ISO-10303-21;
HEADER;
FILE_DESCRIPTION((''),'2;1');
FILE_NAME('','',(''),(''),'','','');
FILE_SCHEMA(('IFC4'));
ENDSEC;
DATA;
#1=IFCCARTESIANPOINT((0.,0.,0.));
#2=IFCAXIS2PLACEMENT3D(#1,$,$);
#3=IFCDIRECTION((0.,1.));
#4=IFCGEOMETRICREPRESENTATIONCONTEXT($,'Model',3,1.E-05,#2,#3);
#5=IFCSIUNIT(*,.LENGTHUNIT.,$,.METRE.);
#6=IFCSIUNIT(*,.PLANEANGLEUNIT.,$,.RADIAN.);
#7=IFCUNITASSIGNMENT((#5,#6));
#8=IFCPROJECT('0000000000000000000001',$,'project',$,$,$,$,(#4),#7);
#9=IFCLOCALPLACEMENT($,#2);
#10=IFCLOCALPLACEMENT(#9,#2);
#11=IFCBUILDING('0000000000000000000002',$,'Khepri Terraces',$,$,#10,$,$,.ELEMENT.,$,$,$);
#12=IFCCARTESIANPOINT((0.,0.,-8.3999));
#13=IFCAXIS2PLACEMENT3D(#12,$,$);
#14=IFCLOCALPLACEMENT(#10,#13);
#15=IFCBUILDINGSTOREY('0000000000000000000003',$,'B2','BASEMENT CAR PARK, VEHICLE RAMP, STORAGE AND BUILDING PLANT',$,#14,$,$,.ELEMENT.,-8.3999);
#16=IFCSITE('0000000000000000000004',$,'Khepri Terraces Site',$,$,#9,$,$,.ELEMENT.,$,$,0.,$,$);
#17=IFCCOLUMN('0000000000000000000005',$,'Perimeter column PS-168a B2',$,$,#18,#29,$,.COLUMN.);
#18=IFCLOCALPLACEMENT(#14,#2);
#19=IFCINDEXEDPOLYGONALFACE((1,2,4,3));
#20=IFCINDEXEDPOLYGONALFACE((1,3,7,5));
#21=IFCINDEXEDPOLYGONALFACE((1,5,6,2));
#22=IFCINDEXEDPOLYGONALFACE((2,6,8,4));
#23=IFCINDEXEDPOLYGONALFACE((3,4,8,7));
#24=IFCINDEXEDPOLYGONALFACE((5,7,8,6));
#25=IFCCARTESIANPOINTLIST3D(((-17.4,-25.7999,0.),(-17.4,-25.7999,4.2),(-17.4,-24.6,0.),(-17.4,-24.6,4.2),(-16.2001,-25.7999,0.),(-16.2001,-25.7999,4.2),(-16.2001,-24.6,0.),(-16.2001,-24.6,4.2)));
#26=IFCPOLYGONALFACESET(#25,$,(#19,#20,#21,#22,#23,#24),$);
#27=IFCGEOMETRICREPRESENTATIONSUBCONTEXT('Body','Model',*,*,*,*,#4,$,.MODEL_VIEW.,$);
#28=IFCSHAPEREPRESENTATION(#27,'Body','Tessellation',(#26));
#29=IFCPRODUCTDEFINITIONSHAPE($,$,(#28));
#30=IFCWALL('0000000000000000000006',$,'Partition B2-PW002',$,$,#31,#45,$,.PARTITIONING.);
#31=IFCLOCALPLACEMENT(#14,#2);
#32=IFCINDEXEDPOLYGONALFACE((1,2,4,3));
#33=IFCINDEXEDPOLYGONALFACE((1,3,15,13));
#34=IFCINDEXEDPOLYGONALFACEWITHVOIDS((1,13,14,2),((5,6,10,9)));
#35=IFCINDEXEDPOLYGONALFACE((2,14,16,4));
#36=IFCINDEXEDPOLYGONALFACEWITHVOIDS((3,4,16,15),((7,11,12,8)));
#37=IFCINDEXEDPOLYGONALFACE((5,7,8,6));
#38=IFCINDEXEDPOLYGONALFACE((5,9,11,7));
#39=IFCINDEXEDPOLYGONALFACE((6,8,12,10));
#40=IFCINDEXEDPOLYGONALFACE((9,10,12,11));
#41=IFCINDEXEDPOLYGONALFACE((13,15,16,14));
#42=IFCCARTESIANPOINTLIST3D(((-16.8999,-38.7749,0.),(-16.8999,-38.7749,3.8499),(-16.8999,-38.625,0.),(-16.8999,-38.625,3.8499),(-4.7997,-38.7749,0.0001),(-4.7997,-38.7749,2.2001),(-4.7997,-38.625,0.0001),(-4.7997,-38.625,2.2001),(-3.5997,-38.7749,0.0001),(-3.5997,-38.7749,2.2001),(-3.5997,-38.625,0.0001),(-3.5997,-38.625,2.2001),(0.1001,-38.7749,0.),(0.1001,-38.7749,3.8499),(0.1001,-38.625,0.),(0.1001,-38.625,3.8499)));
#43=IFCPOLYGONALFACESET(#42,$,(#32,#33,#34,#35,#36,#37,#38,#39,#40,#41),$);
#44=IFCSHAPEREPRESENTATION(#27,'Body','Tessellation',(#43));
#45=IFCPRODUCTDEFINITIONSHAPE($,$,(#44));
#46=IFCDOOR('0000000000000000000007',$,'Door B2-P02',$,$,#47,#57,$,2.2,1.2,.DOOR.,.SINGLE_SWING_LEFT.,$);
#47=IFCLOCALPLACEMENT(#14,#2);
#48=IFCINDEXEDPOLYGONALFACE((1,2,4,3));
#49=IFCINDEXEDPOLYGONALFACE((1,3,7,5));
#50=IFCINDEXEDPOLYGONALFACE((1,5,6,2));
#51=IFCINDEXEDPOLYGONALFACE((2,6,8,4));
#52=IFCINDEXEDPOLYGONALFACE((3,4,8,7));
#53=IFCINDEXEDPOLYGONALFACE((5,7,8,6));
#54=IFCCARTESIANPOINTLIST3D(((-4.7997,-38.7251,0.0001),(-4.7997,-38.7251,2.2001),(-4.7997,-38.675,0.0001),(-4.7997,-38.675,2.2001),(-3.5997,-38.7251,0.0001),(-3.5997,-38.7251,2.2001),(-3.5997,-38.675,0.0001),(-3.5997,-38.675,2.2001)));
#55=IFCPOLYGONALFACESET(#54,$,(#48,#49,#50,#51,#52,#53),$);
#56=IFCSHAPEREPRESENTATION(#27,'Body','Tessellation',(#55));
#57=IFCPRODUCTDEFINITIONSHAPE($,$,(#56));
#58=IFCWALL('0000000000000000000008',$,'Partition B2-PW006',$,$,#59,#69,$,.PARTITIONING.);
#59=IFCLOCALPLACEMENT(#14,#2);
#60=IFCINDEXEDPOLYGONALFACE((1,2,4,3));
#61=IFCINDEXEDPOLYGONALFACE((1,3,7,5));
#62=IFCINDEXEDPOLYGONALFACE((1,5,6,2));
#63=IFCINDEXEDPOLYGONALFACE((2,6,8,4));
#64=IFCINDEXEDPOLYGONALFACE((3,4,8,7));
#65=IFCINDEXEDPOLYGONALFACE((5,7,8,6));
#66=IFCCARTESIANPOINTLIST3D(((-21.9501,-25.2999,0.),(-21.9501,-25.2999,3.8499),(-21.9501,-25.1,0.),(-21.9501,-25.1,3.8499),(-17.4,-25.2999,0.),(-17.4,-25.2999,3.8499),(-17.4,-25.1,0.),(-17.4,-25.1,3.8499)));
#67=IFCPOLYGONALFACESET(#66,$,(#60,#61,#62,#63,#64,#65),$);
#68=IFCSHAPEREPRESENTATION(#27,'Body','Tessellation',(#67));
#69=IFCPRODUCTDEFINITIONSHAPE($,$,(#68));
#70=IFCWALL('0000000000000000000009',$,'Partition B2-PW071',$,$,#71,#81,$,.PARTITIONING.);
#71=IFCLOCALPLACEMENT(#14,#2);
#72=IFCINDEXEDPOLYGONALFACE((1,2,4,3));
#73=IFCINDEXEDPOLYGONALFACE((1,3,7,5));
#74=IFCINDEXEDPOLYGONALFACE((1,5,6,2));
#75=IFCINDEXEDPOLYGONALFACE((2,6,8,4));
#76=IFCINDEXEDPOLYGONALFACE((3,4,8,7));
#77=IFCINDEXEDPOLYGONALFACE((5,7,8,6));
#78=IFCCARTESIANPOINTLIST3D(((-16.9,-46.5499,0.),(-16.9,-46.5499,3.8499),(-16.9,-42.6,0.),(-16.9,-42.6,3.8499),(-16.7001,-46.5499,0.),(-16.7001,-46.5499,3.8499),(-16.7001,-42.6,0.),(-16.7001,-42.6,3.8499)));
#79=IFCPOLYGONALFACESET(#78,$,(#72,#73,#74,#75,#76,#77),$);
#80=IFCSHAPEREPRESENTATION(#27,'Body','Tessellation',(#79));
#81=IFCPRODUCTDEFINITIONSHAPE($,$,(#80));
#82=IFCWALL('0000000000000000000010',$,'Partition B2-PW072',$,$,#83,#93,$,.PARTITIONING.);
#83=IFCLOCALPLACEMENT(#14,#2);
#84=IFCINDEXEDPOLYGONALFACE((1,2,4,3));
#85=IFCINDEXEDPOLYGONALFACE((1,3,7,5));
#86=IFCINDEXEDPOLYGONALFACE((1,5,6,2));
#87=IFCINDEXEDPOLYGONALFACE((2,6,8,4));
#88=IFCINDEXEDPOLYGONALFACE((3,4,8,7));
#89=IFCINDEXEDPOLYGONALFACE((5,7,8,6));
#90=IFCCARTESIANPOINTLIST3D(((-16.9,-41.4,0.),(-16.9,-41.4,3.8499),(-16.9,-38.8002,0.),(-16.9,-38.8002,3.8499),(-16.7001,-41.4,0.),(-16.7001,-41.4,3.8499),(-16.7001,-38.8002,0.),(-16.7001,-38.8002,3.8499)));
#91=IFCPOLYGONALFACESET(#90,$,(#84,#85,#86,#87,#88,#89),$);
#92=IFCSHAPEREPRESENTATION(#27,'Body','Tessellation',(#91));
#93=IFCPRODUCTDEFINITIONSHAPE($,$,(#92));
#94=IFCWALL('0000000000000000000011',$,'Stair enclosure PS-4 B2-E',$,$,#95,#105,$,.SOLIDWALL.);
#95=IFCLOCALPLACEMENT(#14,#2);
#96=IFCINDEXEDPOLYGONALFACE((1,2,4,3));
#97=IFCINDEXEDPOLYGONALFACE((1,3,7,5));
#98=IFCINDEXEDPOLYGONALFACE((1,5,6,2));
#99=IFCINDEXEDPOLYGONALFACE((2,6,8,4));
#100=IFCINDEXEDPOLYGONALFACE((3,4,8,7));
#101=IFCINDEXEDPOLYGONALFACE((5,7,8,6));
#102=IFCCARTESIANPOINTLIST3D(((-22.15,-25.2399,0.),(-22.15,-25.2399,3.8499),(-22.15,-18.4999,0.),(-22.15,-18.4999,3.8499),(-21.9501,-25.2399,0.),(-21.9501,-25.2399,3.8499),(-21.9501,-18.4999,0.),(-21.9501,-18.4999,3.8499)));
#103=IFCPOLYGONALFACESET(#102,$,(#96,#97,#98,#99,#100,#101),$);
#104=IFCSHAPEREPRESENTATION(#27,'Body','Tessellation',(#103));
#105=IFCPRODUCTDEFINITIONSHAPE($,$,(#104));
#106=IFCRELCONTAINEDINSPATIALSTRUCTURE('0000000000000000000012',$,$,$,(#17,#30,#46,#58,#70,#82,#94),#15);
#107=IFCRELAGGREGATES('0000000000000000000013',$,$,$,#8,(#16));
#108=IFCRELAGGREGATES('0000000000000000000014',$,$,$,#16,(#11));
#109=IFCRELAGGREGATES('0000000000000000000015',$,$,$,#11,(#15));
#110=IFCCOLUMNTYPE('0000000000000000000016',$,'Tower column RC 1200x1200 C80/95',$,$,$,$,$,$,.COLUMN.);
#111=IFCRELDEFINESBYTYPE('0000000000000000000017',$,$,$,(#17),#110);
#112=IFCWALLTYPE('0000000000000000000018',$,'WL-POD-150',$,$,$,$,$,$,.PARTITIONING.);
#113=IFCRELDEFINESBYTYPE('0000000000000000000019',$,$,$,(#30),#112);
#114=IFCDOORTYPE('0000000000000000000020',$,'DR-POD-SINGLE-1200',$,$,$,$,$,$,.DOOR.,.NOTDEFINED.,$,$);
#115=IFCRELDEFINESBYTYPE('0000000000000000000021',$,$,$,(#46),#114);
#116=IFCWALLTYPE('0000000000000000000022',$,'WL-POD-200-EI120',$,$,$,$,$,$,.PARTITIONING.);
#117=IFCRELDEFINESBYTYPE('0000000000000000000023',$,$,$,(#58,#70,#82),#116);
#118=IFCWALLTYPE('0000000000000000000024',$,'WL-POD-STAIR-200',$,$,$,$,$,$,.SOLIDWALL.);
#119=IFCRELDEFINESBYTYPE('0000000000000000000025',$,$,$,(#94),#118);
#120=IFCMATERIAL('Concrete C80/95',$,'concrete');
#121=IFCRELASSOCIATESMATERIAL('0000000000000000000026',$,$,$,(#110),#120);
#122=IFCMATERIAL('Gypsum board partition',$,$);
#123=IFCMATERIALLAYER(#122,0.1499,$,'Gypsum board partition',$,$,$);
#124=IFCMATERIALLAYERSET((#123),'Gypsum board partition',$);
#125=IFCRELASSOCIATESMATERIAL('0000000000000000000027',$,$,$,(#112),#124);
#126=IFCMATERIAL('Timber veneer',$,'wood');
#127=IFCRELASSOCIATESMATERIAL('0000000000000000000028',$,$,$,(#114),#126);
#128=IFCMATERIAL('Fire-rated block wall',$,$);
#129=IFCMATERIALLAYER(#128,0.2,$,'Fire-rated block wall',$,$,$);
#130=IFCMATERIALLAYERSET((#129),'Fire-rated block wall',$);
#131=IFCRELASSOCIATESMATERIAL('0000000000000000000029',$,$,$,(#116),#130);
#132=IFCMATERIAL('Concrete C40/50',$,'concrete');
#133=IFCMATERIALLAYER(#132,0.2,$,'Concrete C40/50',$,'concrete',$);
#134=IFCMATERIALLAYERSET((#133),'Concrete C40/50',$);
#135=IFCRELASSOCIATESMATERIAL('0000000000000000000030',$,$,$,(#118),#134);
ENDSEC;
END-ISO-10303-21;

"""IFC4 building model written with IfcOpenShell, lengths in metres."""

from ifc_helpers import new_model, si_unit, direction, frame, frame_2d, origin, origin_2d, place, context, subcontext, project, spatial, rectangle, extrude, material, layer, layer_set, material_profile, profile_set, type_object, element, fill, save


model = new_model("IFC4")

# Units and contexts
model_context = context("Model", 3, precision=1e-05, world=origin(), true_north=direction((0.0, 1.0)))
body_context = subcontext(model_context, "Body", "Model", "MODEL_VIEW")
ifc_project = project(units=[si_unit("LENGTHUNIT", "METRE"), si_unit("PLANEANGLEUNIT", "RADIAN")], contexts=[model_context])

# Site, building, storey
site_placement = place(None, origin())
site = spatial("IfcSite", under=ifc_project, at=site_placement, Name="Khepri Terraces Site", CompositionType="ELEMENT", RefElevation=0.0)
building_placement = place(site_placement, origin())
building = spatial("IfcBuilding", under=site, at=building_placement, Name="Khepri Terraces", CompositionType="ELEMENT")
storey_placement = place(building_placement, frame((0.0, 0.0, -8.3999)))
storey = spatial("IfcBuildingStorey", under=building, at=storey_placement, Name="B2", Description="BASEMENT CAR PARK, VEHICLE RAMP, STORAGE AND BUILDING PLANT", CompositionType="ELEMENT", Elevation=-8.3999)

# Column
ifc_material_1 = material(Name="Concrete C80/95", Category="concrete")
ifc_material_profile_1 = material_profile(ifc_material_1, rectangle(XDim=1.2, YDim=1.2, at=origin_2d()), Name="Concrete C80/95", Category="concrete")
ifc_profile_set_1 = profile_set([ifc_material_profile_1], Name="Concrete C80/95")
column_type_1 = type_object("IfcColumnType", Name="Tower column RC 1200x1200 C80/95", PredefinedType="COLUMN", material=ifc_profile_set_1)
column_placement = place(storey_placement, frame((-16.8, -25.2, 0.0), z_axis=(0.0, 0.0, 1.0), x_axis=(1.0, 0.0, 0.0)))
element("IfcColumn", 1, at=column_placement, inside=storey, type_object=column_type_1, Name="Perimeter column PS-168a B2", PredefinedType="COLUMN", context=body_context, shape_type="SweptSolid", body=[
    extrude(rectangle(XDim=1.2, YDim=1.2, at=origin_2d()), origin(), (0.0, 0.0, 1.0), 4.2),
])

# Wall, opening, door
ifc_material_2 = material(Name="Gypsum board partition")
ifc_layer_1 = layer(ifc_material_2, 0.1499, Name="Gypsum board partition")
ifc_layer_set_1 = layer_set([ifc_layer_1], Name="Gypsum board partition")
wall_type_1 = type_object("IfcWallType", Name="WL-POD-150", PredefinedType="PARTITIONING", material=ifc_layer_set_1)
wall_1_placement = place(storey_placement, frame((-16.8999, -38.7, 0.0), z_axis=(0.0, 0.0, 1.0), x_axis=(1.0, 0.0, 0.0)))
wall_1 = element("IfcWall", 2, at=wall_1_placement, inside=storey, type_object=wall_type_1, Name="Partition B2-PW002", PredefinedType="PARTITIONING", context=body_context, shape_type="SweptSolid", body=[
    extrude(rectangle(XDim=17.0, YDim=0.1499, at=frame_2d((8.5, 0.0))), origin(), (0.0, 0.0, 1.0), 3.8499),
])
opening_placement = place(wall_1_placement, frame((12.1001, 0.0, 0.0)))
opening = element("IfcOpeningElement", 3, at=opening_placement, cuts=wall_1, PredefinedType="OPENING", context=body_context, shape_type="SweptSolid", body=[
    extrude(rectangle(XDim=1.2, YDim=2.2, at=frame_2d((0.6001, 1.1001))), frame((0.0, 0.085, 0.0), z_axis=(0.0, -1.0, 0.0), x_axis=(1.0, 0.0, 0.0)), (0.0, 0.0, 1.0), 0.1699),
])
ifc_material_3 = material(Name="Timber veneer", Category="wood")
door_type = type_object("IfcDoorType", Name="DR-POD-SINGLE-1200", OperationType="NOTDEFINED", PredefinedType="DOOR", material=ifc_material_3)
door_placement = place(opening_placement, origin())
door = element("IfcDoor", 4, at=door_placement, inside=storey, type_object=door_type, Name="Door B2-P02", OperationType="SINGLE_SWING_LEFT", OverallHeight=2.2, OverallWidth=1.2, PredefinedType="DOOR", context=body_context, shape_type="SweptSolid", body=[
    extrude(rectangle(XDim=1.2, YDim=2.2, at=frame_2d((0.6001, 1.1001))), frame((0.0, 0.0249, 0.0), z_axis=(0.0, -1.0, 0.0), x_axis=(1.0, 0.0, 0.0)), (0.0, 0.0, 1.0), 0.05),
])
fill(opening, door)

# Walls
ifc_material_4 = material(Name="Fire-rated block wall")
ifc_layer_2 = layer(ifc_material_4, 0.2, Name="Fire-rated block wall")
ifc_layer_set_2 = layer_set([ifc_layer_2], Name="Fire-rated block wall")
wall_type_2 = type_object("IfcWallType", Name="WL-POD-200-EI120", PredefinedType="PARTITIONING", material=ifc_layer_set_2)
wall_2_placement = place(storey_placement, frame((-21.95, -25.2, 0.0), z_axis=(0.0, 0.0, 1.0), x_axis=(1.0, 0.0, 0.0)))
element("IfcWall", 5, at=wall_2_placement, inside=storey, type_object=wall_type_2, Name="Partition B2-PW006", PredefinedType="PARTITIONING", context=body_context, shape_type="SweptSolid", body=[
    extrude(rectangle(XDim=4.55, YDim=0.2, at=frame_2d((2.2749, 0.0))), origin(), (0.0, 0.0, 1.0), 3.8499),
])
wall_3_placement = place(storey_placement, frame((-16.8, -46.55, 0.0), z_axis=(0.0, 0.0, 1.0), x_axis=(0.0, 1.0, 0.0)))
element("IfcWall", 6, at=wall_3_placement, inside=storey, type_object=wall_type_2, Name="Partition B2-PW071", PredefinedType="PARTITIONING", context=body_context, shape_type="SweptSolid", body=[
    extrude(rectangle(XDim=3.95, YDim=0.2, at=frame_2d((1.9751, 0.0))), origin(), (0.0, 0.0, 1.0), 3.8499),
])
wall_4_placement = place(storey_placement, frame((-16.8, -41.3999, 0.0), z_axis=(0.0, 0.0, 1.0), x_axis=(0.0, 1.0, 0.0)))
element("IfcWall", 7, at=wall_4_placement, inside=storey, type_object=wall_type_2, Name="Partition B2-PW072", PredefinedType="PARTITIONING", context=body_context, shape_type="SweptSolid", body=[
    extrude(rectangle(XDim=2.5999, YDim=0.2, at=frame_2d((1.2998, 0.0))), origin(), (0.0, 0.0, 1.0), 3.8499),
])
ifc_material_5 = material(Name="Concrete C40/50", Category="concrete")
ifc_layer_3 = layer(ifc_material_5, 0.2, Name="Concrete C40/50", Category="concrete")
ifc_layer_set_3 = layer_set([ifc_layer_3], Name="Concrete C40/50")
wall_type_3 = type_object("IfcWallType", Name="WL-POD-STAIR-200", PredefinedType="SOLIDWALL", material=ifc_layer_set_3)
wall_5_placement = place(storey_placement, frame((-22.05, -25.24, 0.0), z_axis=(0.0, 0.0, 1.0), x_axis=(0.0, 1.0, 0.0)))
element("IfcWall", 8, at=wall_5_placement, inside=storey, type_object=wall_type_3, Name="Stair enclosure PS-4 B2-E", PredefinedType="SOLIDWALL", context=body_context, shape_type="SweptSolid", body=[
    extrude(rectangle(XDim=6.74, YDim=0.2, at=frame_2d((3.3701, 0.0))), origin(), (0.0, 0.0, 1.0), 3.8499),
])

save(model, "model.ifc")
